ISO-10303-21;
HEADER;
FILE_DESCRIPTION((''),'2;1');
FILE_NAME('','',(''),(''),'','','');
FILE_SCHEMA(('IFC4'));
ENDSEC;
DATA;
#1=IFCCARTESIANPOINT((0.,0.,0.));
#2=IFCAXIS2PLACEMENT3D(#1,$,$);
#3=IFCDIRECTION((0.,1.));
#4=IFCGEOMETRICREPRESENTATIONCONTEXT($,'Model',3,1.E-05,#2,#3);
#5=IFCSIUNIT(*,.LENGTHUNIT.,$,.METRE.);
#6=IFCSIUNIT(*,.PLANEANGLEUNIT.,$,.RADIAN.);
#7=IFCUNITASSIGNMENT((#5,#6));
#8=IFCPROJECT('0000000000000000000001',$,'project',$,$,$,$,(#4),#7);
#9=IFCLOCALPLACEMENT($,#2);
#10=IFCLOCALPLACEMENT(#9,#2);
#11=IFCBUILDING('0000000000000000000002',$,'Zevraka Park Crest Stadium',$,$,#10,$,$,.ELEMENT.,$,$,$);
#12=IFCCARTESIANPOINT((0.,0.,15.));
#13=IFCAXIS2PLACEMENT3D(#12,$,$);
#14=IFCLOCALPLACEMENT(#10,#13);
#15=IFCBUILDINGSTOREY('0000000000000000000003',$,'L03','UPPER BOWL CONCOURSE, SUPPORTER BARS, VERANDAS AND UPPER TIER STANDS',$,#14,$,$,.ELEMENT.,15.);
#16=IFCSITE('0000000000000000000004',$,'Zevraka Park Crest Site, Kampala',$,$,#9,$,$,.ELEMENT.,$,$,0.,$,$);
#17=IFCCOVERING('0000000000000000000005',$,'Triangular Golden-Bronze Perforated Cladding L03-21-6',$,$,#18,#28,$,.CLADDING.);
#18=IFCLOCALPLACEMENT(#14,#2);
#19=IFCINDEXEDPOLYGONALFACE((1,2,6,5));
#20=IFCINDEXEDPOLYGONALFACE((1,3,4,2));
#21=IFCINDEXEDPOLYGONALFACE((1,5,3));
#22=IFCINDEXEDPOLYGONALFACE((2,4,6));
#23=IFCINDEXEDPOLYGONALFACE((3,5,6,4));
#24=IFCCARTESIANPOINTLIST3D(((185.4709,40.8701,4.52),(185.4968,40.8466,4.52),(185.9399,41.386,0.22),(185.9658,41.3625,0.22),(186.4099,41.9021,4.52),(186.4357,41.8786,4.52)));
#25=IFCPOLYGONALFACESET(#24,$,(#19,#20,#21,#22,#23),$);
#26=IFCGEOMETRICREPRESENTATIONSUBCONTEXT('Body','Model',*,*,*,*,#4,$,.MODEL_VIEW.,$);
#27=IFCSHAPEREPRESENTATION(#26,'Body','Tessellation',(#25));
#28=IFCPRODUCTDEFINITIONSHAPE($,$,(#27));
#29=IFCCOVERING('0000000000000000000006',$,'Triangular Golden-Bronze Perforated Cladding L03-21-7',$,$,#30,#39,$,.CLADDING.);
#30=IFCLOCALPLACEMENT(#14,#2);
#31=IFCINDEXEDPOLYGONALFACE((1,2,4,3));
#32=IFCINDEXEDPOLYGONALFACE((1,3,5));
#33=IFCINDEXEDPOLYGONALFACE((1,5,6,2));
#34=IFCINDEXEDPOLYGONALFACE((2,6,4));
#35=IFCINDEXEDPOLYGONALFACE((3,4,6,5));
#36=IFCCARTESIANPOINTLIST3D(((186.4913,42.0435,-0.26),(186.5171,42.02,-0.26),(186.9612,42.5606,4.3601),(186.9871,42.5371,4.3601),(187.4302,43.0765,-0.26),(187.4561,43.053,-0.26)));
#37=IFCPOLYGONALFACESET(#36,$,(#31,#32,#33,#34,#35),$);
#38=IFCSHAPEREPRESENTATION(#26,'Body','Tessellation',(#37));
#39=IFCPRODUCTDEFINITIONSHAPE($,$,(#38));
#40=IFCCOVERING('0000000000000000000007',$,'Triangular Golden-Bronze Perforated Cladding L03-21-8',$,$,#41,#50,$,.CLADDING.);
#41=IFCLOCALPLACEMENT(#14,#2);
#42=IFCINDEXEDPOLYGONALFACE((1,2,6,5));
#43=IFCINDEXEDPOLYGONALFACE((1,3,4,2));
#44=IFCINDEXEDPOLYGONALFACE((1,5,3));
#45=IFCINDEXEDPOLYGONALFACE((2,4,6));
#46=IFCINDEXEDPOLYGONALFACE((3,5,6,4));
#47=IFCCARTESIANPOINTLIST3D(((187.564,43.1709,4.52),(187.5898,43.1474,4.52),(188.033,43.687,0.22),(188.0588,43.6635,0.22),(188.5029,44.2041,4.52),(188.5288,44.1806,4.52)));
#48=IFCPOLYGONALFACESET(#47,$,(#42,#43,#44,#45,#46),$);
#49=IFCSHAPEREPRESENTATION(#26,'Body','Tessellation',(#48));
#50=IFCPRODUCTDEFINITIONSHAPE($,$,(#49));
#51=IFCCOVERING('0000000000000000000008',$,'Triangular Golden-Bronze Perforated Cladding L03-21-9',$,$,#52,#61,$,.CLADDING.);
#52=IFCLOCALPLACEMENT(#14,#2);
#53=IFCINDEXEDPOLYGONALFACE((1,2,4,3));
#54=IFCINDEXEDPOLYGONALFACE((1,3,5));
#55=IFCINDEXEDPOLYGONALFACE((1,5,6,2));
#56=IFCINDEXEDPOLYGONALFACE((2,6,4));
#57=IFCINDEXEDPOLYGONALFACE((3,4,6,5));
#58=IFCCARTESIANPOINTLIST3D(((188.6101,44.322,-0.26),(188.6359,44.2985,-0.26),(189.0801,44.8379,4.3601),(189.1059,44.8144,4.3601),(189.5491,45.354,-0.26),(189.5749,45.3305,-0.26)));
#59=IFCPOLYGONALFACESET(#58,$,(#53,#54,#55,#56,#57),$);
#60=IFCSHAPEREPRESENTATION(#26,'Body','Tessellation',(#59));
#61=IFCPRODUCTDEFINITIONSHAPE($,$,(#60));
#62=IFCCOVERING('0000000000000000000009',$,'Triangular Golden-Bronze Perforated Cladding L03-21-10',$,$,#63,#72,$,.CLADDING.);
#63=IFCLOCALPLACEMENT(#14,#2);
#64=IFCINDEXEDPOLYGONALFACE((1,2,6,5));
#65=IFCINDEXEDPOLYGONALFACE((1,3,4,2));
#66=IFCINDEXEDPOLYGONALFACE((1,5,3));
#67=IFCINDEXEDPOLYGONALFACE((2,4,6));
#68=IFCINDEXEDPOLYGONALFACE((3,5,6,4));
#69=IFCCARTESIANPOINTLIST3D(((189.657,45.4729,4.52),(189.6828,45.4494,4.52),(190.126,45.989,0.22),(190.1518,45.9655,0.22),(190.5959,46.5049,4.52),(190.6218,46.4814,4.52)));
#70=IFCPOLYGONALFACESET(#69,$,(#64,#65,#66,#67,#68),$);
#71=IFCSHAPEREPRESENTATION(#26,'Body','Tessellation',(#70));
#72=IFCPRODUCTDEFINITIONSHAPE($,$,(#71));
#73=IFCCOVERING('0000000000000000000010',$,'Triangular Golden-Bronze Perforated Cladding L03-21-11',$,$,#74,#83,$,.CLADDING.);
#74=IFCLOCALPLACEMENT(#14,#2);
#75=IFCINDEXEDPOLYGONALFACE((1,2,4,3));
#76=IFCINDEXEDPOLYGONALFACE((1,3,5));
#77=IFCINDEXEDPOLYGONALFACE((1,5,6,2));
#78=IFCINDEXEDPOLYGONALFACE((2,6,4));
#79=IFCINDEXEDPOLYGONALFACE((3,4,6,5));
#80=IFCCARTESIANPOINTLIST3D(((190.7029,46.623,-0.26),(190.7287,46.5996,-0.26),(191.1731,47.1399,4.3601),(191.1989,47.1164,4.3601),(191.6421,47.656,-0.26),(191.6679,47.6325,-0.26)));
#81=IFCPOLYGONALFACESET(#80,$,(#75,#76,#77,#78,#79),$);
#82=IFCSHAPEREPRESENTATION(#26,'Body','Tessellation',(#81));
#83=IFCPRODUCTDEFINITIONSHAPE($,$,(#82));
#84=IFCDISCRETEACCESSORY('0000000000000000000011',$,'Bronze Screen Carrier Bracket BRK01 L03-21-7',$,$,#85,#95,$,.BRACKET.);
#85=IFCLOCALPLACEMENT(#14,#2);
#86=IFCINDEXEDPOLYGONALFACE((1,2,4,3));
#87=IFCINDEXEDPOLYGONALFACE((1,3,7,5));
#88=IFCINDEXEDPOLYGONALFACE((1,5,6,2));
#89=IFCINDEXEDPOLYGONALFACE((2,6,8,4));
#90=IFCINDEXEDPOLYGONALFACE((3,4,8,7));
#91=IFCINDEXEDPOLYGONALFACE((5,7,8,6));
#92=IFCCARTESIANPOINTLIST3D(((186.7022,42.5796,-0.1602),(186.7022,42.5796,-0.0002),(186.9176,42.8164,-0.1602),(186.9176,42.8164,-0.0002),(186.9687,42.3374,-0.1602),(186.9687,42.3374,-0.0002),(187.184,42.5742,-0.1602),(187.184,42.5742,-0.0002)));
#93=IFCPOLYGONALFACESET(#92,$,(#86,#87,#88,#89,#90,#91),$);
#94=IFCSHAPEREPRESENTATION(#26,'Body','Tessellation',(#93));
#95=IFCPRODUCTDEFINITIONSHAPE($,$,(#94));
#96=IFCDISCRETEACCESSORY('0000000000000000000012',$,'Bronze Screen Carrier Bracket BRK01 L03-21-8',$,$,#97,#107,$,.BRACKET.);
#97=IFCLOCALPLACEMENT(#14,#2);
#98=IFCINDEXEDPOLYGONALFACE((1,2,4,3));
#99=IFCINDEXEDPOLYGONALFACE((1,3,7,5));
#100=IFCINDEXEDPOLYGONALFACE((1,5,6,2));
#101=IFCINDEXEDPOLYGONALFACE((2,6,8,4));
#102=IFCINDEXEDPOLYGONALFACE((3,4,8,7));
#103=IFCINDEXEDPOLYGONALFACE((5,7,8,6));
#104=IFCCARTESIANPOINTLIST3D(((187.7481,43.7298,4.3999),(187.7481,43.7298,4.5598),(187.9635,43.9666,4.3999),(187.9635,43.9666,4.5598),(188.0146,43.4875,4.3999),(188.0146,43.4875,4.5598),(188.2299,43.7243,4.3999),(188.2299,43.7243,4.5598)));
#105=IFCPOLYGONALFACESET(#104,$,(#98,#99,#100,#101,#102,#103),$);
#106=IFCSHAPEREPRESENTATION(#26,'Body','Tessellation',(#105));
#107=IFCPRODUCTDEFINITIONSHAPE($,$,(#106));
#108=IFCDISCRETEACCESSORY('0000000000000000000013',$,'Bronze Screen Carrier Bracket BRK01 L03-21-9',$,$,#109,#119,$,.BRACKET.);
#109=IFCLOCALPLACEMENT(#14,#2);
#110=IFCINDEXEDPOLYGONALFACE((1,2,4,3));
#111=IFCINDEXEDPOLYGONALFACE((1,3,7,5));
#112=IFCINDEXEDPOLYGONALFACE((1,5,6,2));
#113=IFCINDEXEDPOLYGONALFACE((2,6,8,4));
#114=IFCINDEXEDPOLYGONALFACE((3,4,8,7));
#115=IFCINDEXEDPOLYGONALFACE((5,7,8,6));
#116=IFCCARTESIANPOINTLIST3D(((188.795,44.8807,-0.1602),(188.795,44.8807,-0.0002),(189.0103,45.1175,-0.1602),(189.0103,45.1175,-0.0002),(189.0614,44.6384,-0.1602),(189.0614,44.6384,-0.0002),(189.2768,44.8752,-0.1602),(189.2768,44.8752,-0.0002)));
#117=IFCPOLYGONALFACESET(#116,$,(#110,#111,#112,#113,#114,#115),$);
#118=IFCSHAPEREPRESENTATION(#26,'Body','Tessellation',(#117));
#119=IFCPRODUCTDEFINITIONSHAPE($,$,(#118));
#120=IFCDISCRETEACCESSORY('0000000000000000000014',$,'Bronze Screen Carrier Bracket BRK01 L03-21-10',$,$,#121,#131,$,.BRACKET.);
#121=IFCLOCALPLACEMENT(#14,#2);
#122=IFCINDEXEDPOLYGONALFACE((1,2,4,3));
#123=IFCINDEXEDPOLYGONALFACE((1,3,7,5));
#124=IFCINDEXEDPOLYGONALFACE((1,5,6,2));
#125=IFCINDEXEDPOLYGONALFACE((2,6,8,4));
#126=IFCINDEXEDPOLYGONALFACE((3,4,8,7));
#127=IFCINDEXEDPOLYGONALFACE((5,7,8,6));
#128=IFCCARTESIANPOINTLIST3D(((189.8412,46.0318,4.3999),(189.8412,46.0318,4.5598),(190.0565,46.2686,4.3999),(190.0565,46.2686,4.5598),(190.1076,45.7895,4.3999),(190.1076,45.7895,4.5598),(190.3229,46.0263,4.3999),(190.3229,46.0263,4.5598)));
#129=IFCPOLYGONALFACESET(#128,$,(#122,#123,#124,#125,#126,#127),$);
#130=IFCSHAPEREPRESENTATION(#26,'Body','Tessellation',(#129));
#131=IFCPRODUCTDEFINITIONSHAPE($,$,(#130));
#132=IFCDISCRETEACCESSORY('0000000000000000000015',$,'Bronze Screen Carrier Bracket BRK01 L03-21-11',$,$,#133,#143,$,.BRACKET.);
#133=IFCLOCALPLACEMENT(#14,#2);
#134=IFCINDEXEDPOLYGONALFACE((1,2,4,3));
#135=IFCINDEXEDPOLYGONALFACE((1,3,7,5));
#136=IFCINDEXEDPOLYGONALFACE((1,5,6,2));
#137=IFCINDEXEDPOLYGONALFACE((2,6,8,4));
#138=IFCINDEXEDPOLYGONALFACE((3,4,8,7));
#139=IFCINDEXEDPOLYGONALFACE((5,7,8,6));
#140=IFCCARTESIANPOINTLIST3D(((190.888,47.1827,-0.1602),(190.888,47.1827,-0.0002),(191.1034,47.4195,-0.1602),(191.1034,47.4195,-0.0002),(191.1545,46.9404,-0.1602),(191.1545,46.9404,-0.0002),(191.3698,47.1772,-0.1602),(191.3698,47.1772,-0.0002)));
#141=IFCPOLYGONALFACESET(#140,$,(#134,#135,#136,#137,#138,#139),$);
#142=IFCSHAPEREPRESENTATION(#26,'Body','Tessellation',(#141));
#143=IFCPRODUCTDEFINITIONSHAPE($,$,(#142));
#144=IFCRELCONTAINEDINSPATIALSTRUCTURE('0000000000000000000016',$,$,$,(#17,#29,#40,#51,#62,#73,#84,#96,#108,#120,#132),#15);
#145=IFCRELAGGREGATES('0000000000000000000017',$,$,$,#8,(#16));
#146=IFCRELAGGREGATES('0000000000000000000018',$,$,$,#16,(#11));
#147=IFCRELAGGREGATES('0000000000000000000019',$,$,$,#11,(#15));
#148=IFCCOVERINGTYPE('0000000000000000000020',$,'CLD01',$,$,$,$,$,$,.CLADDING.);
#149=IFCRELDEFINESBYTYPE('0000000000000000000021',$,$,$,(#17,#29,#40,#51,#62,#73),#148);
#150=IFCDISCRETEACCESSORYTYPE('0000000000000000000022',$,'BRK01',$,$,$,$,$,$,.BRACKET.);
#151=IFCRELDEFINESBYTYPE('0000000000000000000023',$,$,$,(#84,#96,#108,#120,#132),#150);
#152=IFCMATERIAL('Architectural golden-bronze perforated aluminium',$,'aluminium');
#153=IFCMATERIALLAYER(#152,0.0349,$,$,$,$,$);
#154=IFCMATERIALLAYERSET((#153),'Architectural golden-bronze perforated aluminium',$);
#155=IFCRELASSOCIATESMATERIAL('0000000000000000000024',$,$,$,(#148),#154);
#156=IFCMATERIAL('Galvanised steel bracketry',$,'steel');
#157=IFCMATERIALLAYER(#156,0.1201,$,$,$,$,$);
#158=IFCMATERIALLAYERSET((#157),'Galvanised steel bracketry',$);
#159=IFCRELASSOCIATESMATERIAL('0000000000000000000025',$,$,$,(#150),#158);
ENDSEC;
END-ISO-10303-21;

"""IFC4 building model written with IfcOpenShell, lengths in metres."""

from ifc_helpers import new_model, si_unit, direction, frame, origin, origin_2d, place, context, subcontext, project, spatial, polyline, rectangle, outline, extrude, material, layer, layer_set, type_object, element, save


model = new_model("IFC4")

# Units and contexts
model_context = context("Model", 3, precision=1e-05, world=origin(), true_north=direction((0.0, 1.0)))
body_context = subcontext(model_context, "Body", "Model", "MODEL_VIEW")
ifc_project = project(units=[si_unit("LENGTHUNIT", "METRE"), si_unit("PLANEANGLEUNIT", "RADIAN")], contexts=[model_context])

# Site, building, storey
site_placement = place(None, origin())
site = spatial("IfcSite", under=ifc_project, at=site_placement, Name="Zevraka Park Crest Site, Kampala", CompositionType="ELEMENT", RefElevation=0.0)
building_placement = place(site_placement, origin())
building = spatial("IfcBuilding", under=site, at=building_placement, Name="Zevraka Park Crest Stadium", CompositionType="ELEMENT")
storey_placement = place(building_placement, frame((0.0, 0.0, 15.0)))
storey = spatial("IfcBuildingStorey", under=building, at=storey_placement, Name="L03", Description="UPPER BOWL CONCOURSE, SUPPORTER BARS, VERANDAS AND UPPER TIER STANDS", CompositionType="ELEMENT", Elevation=15.0)

# Coverings
ifc_material_1 = material(Name="Architectural golden-bronze perforated aluminium", Category="aluminium")
ifc_layer_1 = layer(ifc_material_1, 0.0349)
ifc_layer_set_1 = layer_set([ifc_layer_1], Name="Architectural golden-bronze perforated aluminium")
covering_type = type_object("IfcCoveringType", Name="CLD01", PredefinedType="CLADDING", material=ifc_layer_set_1)
covering_1_placement = place(storey_placement, frame((186.4099, 41.9021, 4.52), z_axis=(-0.739655, 0.672986, 0.000065), x_axis=(-0.672986, -0.739655, 0.0)))
element("IfcCovering", 1, at=covering_1_placement, inside=storey, type_object=covering_type, Name="Triangular Golden-Bronze Perforated Cladding L03-21-6", PredefinedType="CLADDING", context=body_context, shape_type="SweptSolid", body=[
    extrude(outline(polyline([(0.0, 0.0), (1.3952, 0.0), (0.698, -4.3), (0.0, 0.0)])), origin(), (0.0, 0.0, -1.0), 0.0349),
])
covering_2_placement = place(storey_placement, frame((186.5171, 42.02, -0.26), z_axis=(0.739972, -0.672638, 0.000011), x_axis=(0.672638, 0.739972, 0.0)))
element("IfcCovering", 2, at=covering_2_placement, inside=storey, type_object=covering_type, Name="Triangular Golden-Bronze Perforated Cladding L03-21-7", PredefinedType="CLADDING", context=body_context, shape_type="SweptSolid", body=[
    extrude(outline(polyline([(0.0, 0.0), (1.3959, 0.0), (0.6988, 4.6201), (0.0, 0.0)])), origin(), (0.0, 0.0, -1.0), 0.0349),
])
covering_3_placement = place(storey_placement, frame((188.5029, 44.2041, 4.52), z_axis=(-0.740051, 0.672551, 0.000008), x_axis=(-0.672551, -0.740051, 0.0)))
element("IfcCovering", 3, at=covering_3_placement, inside=storey, type_object=covering_type, Name="Triangular Golden-Bronze Perforated Cladding L03-21-8", PredefinedType="CLADDING", context=body_context, shape_type="SweptSolid", body=[
    extrude(outline(polyline([(0.0, 0.0), (1.3961, 0.0), (0.6988, -4.3), (0.0, 0.0)])), origin(), (0.0, 0.0, -1.0), 0.0349),
])
covering_4_placement = place(storey_placement, frame((188.6101, 44.322, -0.26), z_axis=(-0.739655, 0.672986, 0.000096), x_axis=(0.672986, 0.739655, 0.0)))
element("IfcCovering", 4, at=covering_4_placement, inside=storey, type_object=covering_type, Name="Triangular Golden-Bronze Perforated Cladding L03-21-9", PredefinedType="CLADDING", context=body_context, shape_type="SweptSolid", body=[
    extrude(outline(polyline([(0.0, 0.0), (1.3952, 0.0), (0.6978, -4.6201), (0.0, 0.0)])), origin(), (0.0, 0.0, -1.0), 0.0349),
])
covering_5_placement = place(storey_placement, frame((190.5959, 46.5049, 4.52), z_axis=(-0.739655, 0.672986, 0.000103), x_axis=(-0.672986, -0.739655, 0.0)))
element("IfcCovering", 5, at=covering_5_placement, inside=storey, type_object=covering_type, Name="Triangular Golden-Bronze Perforated Cladding L03-21-10", PredefinedType="CLADDING", context=body_context, shape_type="SweptSolid", body=[
    extrude(outline(polyline([(0.0, 0.0), (1.3952, 0.0), (0.6978, -4.3), (0.0, 0.0)])), origin(), (0.0, 0.0, -1.0), 0.0349),
])
covering_6_placement = place(storey_placement, frame((190.7029, 46.623, -0.26), z_axis=(-0.739885, 0.672734, 0.000044), x_axis=(0.672734, 0.739885, 0.0)))
element("IfcCovering", 6, at=covering_6_placement, inside=storey, type_object=covering_type, Name="Triangular Golden-Bronze Perforated Cladding L03-21-11", PredefinedType="CLADDING", context=body_context, shape_type="SweptSolid", body=[
    extrude(outline(polyline([(0.0, 0.0), (1.3961, 0.0), (0.6987, -4.6201), (0.0, 0.0)])), origin(), (0.0, 0.0, -1.0), 0.0349),
])

# Discrete accessories
ifc_material_2 = material(Name="Galvanised steel bracketry", Category="steel")
ifc_layer_2 = layer(ifc_material_2, 0.1201)
ifc_layer_set_2 = layer_set([ifc_layer_2], Name="Galvanised steel bracketry")
discrete_accessory_type = type_object("IfcDiscreteAccessoryType", Name="BRK01", PredefinedType="BRACKET", material=ifc_layer_set_2)
for number, where, z_axis, x_axis, name in (
    (7, (186.9431, 42.5769, -0.1602), (0.0, 0.0, 1.0), (0.672754, 0.739866, 0.0), "Bronze Screen Carrier Bracket BRK01 L03-21-7"),
    (8, (187.989, 43.7271, 4.3999), (0.0, 0.0, 1.0), (0.672754, 0.739866, 0.0), "Bronze Screen Carrier Bracket BRK01 L03-21-8"),
    (9, (189.0359, 44.8779, -0.1602), (0.0, 0.0, 1.0), (0.672754, 0.739866, 0.0), "Bronze Screen Carrier Bracket BRK01 L03-21-9"),
    (10, (190.082, 46.0291, 4.3999), (0.0, 0.0, 1.0), (0.672754, 0.739866, 0.0), "Bronze Screen Carrier Bracket BRK01 L03-21-10"),
    (11, (191.1289, 47.1799, -0.1602), (0.0, 0.0, 1.0), (0.672754, 0.739866, 0.0), "Bronze Screen Carrier Bracket BRK01 L03-21-11"),
):
    element("IfcDiscreteAccessory", number, at=place(storey_placement, frame(where, z_axis=z_axis, x_axis=x_axis)), inside=storey, type_object=discrete_accessory_type, Name=name, PredefinedType="BRACKET", context=body_context, shape_type="SweptSolid", body=[
        extrude(rectangle(XDim=0.3201, YDim=0.3601, at=origin_2d()), origin(), (0.0, 0.0, 1.0), 0.1599),
    ])

save(model, "model.ifc")
